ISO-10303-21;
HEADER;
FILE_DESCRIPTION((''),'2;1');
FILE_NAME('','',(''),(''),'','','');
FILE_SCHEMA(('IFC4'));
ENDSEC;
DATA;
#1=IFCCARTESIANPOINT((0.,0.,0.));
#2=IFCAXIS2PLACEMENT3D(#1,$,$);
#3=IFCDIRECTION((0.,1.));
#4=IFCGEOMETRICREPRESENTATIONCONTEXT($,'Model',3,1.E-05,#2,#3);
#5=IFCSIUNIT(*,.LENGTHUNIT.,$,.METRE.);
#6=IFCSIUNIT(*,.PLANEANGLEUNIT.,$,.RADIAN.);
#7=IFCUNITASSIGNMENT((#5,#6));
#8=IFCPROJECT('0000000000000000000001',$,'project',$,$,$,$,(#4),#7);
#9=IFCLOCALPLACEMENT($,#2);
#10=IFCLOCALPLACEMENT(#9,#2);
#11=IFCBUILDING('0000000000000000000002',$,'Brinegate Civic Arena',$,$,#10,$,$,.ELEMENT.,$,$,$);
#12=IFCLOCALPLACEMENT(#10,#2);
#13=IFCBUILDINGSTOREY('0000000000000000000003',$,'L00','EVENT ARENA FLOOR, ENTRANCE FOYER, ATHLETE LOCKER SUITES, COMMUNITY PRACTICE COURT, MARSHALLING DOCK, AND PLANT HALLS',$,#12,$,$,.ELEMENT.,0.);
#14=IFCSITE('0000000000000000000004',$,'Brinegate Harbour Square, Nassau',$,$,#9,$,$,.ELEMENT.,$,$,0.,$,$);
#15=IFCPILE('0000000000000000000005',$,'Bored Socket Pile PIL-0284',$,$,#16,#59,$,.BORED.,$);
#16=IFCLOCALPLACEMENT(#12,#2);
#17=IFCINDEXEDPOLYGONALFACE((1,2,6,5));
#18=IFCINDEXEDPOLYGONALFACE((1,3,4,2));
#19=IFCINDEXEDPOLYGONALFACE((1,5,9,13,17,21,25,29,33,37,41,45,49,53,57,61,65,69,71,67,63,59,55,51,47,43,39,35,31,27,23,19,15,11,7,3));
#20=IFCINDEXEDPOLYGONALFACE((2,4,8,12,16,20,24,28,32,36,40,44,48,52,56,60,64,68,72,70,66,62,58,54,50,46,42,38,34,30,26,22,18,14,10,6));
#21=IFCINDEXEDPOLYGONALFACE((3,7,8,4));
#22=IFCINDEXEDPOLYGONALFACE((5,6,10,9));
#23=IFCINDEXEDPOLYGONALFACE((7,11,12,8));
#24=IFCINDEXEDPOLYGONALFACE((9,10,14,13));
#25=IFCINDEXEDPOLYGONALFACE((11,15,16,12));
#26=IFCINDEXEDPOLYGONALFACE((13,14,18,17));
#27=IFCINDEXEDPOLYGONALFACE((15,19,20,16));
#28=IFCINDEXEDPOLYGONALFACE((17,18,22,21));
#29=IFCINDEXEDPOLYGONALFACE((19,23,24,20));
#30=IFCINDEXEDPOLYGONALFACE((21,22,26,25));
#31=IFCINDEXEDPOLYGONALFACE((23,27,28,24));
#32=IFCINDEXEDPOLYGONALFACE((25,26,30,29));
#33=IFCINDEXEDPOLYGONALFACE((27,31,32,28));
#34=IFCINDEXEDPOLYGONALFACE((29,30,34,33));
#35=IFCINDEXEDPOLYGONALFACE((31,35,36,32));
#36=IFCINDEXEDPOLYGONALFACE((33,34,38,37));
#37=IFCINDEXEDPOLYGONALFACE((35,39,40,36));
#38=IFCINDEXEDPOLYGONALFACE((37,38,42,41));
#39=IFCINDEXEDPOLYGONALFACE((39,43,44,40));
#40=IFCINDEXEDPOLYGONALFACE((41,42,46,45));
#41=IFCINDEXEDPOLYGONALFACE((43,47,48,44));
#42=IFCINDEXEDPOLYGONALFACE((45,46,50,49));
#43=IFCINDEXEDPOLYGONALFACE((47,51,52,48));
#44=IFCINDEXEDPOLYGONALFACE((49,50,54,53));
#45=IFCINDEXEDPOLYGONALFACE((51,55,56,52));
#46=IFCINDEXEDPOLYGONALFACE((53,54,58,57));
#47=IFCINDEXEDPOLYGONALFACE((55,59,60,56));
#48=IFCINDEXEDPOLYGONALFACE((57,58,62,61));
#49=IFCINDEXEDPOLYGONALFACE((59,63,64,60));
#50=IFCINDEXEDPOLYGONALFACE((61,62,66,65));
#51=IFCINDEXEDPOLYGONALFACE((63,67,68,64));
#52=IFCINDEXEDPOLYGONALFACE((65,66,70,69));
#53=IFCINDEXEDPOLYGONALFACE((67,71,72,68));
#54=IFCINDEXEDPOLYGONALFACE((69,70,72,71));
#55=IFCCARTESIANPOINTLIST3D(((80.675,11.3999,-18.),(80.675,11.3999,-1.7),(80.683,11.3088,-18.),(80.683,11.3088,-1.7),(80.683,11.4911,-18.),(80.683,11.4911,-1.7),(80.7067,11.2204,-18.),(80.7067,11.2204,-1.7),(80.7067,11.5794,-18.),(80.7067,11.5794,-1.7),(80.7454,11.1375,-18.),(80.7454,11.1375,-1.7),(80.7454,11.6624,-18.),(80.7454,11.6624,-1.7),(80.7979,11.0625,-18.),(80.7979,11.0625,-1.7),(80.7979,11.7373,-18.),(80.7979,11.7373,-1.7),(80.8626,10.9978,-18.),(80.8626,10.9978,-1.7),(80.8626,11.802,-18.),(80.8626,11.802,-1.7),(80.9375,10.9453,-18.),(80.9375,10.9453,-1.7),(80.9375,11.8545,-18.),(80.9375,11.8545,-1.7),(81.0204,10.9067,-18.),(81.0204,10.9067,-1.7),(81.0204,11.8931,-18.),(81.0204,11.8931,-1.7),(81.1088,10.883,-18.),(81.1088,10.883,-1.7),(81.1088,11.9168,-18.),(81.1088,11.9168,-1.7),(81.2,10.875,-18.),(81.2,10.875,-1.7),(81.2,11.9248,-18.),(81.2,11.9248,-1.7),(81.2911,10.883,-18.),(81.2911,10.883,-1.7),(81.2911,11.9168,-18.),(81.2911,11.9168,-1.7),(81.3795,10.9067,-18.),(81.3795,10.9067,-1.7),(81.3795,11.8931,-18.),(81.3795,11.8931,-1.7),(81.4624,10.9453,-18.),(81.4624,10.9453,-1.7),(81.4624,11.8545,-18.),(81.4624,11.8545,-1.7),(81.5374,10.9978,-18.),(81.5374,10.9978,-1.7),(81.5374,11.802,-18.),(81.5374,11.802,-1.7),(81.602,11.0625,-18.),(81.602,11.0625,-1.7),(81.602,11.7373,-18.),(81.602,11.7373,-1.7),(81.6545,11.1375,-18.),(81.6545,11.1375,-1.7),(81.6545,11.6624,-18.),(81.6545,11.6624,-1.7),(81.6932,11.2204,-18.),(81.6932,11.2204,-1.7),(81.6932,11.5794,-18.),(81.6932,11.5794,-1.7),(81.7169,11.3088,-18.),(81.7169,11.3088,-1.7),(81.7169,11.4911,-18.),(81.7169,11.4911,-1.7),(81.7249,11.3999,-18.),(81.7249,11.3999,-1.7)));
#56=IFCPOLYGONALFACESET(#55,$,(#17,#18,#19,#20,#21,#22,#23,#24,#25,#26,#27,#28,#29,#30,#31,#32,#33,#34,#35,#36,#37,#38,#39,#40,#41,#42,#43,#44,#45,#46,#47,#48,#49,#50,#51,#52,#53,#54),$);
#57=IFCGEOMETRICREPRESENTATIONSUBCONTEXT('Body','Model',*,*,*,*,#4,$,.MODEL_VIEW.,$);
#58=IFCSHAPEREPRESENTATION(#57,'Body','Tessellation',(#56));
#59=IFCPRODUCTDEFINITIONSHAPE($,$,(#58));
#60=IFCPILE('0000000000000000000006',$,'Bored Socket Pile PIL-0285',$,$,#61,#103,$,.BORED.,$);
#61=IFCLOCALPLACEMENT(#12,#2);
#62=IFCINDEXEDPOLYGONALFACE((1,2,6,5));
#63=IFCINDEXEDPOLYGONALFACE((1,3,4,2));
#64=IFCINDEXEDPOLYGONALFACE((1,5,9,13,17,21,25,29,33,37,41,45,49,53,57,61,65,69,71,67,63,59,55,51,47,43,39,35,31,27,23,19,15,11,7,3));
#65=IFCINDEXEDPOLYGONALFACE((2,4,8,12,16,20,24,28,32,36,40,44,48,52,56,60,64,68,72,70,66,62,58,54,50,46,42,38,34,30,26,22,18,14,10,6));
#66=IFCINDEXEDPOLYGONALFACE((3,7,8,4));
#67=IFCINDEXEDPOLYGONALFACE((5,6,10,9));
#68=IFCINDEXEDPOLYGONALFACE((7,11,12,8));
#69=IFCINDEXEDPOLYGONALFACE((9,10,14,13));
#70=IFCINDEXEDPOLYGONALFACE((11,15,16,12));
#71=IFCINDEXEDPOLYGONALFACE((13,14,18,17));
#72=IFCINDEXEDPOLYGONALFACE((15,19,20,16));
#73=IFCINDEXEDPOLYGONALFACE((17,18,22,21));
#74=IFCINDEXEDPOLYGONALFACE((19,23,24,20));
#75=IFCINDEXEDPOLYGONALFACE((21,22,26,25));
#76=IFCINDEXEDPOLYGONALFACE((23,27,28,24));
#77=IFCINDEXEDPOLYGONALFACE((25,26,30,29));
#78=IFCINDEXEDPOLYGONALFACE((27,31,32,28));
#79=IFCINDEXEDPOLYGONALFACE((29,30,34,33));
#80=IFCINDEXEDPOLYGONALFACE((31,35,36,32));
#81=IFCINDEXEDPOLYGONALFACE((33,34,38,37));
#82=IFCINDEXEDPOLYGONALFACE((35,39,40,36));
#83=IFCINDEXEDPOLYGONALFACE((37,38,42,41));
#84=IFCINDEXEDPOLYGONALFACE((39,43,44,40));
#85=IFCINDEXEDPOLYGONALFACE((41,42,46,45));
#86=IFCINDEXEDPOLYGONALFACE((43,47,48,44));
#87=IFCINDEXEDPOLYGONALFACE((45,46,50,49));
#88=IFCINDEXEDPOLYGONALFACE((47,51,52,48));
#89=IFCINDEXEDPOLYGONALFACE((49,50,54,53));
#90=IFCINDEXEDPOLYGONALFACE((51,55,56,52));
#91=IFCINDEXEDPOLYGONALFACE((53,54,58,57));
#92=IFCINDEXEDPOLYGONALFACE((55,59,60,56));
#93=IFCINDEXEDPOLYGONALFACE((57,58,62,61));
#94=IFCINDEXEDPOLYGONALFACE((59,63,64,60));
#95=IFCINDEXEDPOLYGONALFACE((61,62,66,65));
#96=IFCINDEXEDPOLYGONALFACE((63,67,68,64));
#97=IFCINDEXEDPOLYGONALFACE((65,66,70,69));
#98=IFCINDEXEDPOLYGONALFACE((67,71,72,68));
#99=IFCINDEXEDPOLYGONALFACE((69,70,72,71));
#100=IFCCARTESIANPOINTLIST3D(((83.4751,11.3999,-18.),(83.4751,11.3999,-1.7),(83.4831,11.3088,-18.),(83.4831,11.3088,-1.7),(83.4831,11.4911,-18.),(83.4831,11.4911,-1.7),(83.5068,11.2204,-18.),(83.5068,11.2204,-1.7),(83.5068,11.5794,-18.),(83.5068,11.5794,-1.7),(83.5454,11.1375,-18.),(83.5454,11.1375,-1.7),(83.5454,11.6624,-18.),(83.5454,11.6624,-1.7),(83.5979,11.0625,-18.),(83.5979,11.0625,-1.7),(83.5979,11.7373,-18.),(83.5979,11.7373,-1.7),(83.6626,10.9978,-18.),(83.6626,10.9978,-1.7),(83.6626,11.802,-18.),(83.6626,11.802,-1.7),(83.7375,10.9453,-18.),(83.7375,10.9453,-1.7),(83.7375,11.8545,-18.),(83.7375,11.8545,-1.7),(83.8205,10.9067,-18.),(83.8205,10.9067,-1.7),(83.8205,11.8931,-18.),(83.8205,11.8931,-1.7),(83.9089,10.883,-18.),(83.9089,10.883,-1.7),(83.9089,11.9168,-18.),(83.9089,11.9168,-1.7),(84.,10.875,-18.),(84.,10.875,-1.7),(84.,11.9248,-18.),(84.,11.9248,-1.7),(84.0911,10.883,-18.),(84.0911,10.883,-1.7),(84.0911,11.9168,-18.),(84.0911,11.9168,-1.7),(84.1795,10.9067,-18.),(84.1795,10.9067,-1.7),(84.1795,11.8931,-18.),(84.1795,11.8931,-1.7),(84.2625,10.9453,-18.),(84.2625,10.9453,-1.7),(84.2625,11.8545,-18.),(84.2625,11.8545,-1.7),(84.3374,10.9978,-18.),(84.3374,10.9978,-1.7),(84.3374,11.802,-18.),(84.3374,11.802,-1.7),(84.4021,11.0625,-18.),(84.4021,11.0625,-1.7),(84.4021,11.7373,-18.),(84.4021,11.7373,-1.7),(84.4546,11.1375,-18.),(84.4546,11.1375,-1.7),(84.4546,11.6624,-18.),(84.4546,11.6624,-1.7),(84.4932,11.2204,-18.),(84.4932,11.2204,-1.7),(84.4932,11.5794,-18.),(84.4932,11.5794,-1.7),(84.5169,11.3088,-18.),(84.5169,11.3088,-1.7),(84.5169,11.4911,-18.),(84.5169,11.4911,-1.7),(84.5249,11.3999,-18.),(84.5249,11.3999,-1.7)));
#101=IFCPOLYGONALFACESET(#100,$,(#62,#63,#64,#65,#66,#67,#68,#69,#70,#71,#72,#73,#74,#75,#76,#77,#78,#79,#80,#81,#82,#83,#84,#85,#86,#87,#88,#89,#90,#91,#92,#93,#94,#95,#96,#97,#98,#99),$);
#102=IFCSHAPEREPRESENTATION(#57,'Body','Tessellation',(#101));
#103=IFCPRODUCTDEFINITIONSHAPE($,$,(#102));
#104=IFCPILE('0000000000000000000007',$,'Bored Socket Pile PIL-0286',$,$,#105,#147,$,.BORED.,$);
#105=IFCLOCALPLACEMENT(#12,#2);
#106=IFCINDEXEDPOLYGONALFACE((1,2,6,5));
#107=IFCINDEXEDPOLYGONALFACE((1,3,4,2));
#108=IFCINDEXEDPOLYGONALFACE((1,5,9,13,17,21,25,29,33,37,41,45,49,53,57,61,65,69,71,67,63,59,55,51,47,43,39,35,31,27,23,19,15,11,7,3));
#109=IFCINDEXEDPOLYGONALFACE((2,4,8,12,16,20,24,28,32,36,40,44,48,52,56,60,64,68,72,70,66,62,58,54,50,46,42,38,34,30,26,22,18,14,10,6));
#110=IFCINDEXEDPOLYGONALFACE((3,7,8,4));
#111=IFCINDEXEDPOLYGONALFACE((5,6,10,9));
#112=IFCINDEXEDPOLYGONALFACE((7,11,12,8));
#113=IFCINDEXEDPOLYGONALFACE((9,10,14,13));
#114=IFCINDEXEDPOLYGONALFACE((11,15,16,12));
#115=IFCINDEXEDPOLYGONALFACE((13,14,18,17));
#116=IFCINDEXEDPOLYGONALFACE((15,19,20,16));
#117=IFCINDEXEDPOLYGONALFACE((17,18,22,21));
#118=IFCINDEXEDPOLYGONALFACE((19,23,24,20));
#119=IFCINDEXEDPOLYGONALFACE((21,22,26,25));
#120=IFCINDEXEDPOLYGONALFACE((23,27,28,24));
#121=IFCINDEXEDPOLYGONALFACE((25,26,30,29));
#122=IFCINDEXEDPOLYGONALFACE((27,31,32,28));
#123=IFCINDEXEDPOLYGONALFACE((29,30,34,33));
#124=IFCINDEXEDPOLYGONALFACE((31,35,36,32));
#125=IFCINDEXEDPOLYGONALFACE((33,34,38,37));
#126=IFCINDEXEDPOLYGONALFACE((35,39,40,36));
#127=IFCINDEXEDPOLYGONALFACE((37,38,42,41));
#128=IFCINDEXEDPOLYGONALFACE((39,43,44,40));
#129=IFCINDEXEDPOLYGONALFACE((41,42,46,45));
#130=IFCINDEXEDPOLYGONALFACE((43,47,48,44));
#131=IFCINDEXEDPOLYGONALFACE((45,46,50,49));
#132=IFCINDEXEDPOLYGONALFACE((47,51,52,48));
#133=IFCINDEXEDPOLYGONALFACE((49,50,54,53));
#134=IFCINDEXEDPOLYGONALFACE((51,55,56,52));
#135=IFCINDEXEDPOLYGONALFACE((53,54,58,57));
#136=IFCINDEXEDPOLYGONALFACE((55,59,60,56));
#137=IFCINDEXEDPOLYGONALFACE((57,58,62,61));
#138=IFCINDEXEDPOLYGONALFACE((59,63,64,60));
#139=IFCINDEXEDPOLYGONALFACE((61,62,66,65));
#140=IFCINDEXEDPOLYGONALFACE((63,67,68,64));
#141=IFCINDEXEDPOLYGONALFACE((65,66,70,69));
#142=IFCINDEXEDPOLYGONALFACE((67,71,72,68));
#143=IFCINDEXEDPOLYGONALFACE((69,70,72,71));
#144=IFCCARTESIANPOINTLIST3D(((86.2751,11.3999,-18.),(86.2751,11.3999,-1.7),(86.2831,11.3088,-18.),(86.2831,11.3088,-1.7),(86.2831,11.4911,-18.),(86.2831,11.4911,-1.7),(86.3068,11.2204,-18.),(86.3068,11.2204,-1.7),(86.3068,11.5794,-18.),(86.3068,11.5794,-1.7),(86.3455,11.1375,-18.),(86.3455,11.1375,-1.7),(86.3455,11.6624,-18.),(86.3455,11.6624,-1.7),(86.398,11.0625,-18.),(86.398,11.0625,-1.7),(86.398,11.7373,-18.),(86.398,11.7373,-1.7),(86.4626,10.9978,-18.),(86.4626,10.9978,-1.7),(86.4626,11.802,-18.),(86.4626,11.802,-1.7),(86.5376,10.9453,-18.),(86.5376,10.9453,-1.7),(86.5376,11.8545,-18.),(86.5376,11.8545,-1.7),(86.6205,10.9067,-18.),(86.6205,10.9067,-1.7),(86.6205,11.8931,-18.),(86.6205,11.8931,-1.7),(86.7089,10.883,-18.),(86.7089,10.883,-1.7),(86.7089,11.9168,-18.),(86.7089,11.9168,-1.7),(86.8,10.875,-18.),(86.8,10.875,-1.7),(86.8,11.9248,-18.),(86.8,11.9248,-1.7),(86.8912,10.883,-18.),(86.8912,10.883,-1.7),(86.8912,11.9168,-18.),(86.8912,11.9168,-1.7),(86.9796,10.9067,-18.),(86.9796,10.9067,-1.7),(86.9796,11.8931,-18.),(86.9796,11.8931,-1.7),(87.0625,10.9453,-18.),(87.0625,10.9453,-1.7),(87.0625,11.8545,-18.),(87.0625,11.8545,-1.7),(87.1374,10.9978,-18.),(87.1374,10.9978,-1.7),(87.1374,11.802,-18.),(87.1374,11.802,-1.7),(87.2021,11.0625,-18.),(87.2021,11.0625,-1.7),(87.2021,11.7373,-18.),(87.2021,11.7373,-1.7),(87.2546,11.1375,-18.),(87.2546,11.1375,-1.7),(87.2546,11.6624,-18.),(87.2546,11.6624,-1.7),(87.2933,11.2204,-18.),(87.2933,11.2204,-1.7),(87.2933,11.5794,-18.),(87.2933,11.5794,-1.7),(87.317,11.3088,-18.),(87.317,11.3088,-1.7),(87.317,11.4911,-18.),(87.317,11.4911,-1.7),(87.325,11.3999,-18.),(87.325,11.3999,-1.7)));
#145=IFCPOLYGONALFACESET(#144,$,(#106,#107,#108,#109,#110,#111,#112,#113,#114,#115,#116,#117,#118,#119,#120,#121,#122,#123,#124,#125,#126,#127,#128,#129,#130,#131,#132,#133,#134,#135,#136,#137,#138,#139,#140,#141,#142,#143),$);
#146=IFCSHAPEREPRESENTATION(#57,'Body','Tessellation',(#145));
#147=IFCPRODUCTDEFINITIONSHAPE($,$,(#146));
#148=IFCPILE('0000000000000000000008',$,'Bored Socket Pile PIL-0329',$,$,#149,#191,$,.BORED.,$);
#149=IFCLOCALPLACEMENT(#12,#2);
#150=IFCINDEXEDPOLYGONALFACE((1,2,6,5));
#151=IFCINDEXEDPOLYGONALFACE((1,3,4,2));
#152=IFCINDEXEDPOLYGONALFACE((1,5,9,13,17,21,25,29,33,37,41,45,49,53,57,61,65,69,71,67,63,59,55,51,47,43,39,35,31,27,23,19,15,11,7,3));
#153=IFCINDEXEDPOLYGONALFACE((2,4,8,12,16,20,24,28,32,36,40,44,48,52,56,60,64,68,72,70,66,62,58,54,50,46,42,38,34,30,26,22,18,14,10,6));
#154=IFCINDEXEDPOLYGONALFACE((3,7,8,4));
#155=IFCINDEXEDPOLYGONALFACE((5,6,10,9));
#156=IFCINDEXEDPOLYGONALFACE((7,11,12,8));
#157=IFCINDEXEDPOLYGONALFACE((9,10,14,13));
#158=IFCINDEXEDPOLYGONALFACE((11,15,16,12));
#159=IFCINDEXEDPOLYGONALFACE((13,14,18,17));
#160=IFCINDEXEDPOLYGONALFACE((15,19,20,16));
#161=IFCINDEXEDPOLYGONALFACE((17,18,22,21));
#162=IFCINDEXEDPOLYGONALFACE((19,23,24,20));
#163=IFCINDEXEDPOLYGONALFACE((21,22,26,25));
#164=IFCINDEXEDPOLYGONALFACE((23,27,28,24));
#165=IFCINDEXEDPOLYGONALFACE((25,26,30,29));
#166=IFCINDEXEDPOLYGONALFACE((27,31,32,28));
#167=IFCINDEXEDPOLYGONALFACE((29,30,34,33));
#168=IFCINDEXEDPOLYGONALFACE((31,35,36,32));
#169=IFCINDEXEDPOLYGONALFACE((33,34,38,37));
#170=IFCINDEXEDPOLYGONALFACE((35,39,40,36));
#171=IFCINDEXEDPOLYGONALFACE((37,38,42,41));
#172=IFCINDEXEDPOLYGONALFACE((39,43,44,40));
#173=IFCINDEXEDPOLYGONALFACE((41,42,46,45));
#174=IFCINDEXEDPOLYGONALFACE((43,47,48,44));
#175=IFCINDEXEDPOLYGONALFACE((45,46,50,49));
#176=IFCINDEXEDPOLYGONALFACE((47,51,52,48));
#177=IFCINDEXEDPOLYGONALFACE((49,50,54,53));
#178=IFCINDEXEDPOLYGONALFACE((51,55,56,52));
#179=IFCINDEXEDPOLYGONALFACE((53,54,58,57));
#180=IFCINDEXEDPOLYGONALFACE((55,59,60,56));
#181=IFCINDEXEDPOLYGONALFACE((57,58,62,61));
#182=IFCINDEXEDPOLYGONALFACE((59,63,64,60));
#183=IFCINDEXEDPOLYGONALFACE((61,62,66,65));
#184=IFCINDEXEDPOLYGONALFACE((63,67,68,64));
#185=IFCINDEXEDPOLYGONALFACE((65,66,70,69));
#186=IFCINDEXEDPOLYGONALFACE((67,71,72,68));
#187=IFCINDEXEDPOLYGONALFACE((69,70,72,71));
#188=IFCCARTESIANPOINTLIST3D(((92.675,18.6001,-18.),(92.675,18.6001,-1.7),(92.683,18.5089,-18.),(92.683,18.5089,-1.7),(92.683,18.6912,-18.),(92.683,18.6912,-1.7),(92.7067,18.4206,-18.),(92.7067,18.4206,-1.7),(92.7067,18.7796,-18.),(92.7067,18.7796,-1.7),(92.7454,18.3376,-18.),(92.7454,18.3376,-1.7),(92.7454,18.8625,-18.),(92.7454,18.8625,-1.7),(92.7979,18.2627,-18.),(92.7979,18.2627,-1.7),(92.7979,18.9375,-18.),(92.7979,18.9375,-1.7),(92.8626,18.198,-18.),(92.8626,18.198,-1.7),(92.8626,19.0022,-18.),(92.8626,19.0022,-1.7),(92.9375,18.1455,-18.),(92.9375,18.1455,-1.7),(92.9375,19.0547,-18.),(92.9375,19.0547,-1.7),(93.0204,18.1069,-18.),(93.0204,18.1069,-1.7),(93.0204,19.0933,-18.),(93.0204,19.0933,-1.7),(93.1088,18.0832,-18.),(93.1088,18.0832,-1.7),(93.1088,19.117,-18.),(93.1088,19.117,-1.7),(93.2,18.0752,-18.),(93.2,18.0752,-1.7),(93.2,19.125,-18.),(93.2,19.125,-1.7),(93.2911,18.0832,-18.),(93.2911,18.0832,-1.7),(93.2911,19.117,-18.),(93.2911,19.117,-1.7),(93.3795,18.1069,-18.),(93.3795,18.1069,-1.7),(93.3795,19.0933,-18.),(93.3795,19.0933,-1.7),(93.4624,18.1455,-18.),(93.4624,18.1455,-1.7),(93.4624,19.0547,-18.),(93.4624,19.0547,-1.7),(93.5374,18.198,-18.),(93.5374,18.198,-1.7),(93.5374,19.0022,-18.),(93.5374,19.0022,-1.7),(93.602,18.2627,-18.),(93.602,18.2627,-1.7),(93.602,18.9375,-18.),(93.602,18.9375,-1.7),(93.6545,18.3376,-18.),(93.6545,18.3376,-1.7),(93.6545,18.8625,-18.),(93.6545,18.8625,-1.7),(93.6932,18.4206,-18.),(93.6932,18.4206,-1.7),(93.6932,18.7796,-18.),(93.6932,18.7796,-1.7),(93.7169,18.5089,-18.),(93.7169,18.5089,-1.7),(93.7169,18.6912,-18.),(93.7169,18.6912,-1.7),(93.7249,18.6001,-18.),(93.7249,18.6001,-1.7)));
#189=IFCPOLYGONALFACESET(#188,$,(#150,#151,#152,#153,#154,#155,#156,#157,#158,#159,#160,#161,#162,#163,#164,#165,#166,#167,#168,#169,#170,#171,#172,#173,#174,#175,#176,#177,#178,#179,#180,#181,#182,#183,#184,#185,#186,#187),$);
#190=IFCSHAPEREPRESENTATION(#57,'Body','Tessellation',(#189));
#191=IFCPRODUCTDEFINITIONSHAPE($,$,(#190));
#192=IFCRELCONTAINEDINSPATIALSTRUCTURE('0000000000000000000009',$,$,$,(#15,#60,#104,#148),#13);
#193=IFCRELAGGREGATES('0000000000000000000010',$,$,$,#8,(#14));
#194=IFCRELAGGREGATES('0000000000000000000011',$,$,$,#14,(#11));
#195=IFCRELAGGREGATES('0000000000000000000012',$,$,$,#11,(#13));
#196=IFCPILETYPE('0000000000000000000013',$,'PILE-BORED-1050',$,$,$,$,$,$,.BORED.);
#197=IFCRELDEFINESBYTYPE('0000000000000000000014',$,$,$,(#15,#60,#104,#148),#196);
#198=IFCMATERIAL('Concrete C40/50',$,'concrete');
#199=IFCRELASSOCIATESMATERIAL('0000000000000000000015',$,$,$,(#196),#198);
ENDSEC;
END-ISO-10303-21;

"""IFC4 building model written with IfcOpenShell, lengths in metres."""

from ifc_helpers import new_model, si_unit, direction, frame, origin, origin_2d, place, context, subcontext, project, spatial, circle, extrude, material, material_profile, profile_set, type_object, element, save


model = new_model("IFC4")

# Units and contexts
model_context = context("Model", 3, precision=1e-05, world=origin(), true_north=direction((0.0, 1.0)))
body_context = subcontext(model_context, "Body", "Model", "MODEL_VIEW")
ifc_project = project(units=[si_unit("LENGTHUNIT", "METRE"), si_unit("PLANEANGLEUNIT", "RADIAN")], contexts=[model_context])

# Site, building, storey
site_placement = place(None, origin())
site = spatial("IfcSite", under=ifc_project, at=site_placement, Name="Brinegate Harbour Square, Nassau", CompositionType="ELEMENT", RefElevation=0.0)
building_placement = place(site_placement, origin())
building = spatial("IfcBuilding", under=site, at=building_placement, Name="Brinegate Civic Arena", CompositionType="ELEMENT")
storey_placement = place(building_placement, origin())
storey = spatial("IfcBuildingStorey", under=building, at=storey_placement, Name="L00", Description="EVENT ARENA FLOOR, ENTRANCE FOYER, ATHLETE LOCKER SUITES, COMMUNITY PRACTICE COURT, MARSHALLING DOCK, AND PLANT HALLS", CompositionType="ELEMENT", Elevation=0.0)

# Shared definitions
ifc_material_1 = material(Name="Concrete C40/50", Category="concrete")

# Piles
ifc_material_profile_1 = material_profile(ifc_material_1, circle(Radius=0.5249, at=origin_2d()), Name="PILED1050")
ifc_profile_set_1 = profile_set([ifc_material_profile_1], Name="Concrete C40/50")
pile_type_1 = type_object("IfcPileType", Name="PILE-BORED-1050", PredefinedType="BORED", material=ifc_profile_set_1)
for number, where, z_axis, x_axis, name in (
    (1, (81.2, 11.3999, -1.7), (0.0, 0.0, -1.0), (1.0, 0.0, 0.0), "Bored Socket Pile PIL-0284"),
    (2, (84.0, 11.3999, -1.7), (0.0, 0.0, -1.0), (1.0, 0.0, 0.0), "Bored Socket Pile PIL-0285"),
    (3, (86.8, 11.3999, -1.7), (0.0, 0.0, -1.0), (1.0, 0.0, 0.0), "Bored Socket Pile PIL-0286"),
    (4, (93.2, 18.6001, -1.7), (0.0, 0.0, -1.0), (1.0, 0.0, 0.0), "Bored Socket Pile PIL-0329"),
):
    element("IfcPile", number, at=place(storey_placement, frame(where, z_axis=z_axis, x_axis=x_axis)), inside=storey, type_object=pile_type_1, Name=name, PredefinedType="BORED", context=body_context, shape_type="SweptSolid", body=[
        extrude(circle(Radius=0.5249, at=origin_2d()), origin(), (0.0, 0.0, 1.0), 16.3),
    ])

save(model, "model.ifc")
